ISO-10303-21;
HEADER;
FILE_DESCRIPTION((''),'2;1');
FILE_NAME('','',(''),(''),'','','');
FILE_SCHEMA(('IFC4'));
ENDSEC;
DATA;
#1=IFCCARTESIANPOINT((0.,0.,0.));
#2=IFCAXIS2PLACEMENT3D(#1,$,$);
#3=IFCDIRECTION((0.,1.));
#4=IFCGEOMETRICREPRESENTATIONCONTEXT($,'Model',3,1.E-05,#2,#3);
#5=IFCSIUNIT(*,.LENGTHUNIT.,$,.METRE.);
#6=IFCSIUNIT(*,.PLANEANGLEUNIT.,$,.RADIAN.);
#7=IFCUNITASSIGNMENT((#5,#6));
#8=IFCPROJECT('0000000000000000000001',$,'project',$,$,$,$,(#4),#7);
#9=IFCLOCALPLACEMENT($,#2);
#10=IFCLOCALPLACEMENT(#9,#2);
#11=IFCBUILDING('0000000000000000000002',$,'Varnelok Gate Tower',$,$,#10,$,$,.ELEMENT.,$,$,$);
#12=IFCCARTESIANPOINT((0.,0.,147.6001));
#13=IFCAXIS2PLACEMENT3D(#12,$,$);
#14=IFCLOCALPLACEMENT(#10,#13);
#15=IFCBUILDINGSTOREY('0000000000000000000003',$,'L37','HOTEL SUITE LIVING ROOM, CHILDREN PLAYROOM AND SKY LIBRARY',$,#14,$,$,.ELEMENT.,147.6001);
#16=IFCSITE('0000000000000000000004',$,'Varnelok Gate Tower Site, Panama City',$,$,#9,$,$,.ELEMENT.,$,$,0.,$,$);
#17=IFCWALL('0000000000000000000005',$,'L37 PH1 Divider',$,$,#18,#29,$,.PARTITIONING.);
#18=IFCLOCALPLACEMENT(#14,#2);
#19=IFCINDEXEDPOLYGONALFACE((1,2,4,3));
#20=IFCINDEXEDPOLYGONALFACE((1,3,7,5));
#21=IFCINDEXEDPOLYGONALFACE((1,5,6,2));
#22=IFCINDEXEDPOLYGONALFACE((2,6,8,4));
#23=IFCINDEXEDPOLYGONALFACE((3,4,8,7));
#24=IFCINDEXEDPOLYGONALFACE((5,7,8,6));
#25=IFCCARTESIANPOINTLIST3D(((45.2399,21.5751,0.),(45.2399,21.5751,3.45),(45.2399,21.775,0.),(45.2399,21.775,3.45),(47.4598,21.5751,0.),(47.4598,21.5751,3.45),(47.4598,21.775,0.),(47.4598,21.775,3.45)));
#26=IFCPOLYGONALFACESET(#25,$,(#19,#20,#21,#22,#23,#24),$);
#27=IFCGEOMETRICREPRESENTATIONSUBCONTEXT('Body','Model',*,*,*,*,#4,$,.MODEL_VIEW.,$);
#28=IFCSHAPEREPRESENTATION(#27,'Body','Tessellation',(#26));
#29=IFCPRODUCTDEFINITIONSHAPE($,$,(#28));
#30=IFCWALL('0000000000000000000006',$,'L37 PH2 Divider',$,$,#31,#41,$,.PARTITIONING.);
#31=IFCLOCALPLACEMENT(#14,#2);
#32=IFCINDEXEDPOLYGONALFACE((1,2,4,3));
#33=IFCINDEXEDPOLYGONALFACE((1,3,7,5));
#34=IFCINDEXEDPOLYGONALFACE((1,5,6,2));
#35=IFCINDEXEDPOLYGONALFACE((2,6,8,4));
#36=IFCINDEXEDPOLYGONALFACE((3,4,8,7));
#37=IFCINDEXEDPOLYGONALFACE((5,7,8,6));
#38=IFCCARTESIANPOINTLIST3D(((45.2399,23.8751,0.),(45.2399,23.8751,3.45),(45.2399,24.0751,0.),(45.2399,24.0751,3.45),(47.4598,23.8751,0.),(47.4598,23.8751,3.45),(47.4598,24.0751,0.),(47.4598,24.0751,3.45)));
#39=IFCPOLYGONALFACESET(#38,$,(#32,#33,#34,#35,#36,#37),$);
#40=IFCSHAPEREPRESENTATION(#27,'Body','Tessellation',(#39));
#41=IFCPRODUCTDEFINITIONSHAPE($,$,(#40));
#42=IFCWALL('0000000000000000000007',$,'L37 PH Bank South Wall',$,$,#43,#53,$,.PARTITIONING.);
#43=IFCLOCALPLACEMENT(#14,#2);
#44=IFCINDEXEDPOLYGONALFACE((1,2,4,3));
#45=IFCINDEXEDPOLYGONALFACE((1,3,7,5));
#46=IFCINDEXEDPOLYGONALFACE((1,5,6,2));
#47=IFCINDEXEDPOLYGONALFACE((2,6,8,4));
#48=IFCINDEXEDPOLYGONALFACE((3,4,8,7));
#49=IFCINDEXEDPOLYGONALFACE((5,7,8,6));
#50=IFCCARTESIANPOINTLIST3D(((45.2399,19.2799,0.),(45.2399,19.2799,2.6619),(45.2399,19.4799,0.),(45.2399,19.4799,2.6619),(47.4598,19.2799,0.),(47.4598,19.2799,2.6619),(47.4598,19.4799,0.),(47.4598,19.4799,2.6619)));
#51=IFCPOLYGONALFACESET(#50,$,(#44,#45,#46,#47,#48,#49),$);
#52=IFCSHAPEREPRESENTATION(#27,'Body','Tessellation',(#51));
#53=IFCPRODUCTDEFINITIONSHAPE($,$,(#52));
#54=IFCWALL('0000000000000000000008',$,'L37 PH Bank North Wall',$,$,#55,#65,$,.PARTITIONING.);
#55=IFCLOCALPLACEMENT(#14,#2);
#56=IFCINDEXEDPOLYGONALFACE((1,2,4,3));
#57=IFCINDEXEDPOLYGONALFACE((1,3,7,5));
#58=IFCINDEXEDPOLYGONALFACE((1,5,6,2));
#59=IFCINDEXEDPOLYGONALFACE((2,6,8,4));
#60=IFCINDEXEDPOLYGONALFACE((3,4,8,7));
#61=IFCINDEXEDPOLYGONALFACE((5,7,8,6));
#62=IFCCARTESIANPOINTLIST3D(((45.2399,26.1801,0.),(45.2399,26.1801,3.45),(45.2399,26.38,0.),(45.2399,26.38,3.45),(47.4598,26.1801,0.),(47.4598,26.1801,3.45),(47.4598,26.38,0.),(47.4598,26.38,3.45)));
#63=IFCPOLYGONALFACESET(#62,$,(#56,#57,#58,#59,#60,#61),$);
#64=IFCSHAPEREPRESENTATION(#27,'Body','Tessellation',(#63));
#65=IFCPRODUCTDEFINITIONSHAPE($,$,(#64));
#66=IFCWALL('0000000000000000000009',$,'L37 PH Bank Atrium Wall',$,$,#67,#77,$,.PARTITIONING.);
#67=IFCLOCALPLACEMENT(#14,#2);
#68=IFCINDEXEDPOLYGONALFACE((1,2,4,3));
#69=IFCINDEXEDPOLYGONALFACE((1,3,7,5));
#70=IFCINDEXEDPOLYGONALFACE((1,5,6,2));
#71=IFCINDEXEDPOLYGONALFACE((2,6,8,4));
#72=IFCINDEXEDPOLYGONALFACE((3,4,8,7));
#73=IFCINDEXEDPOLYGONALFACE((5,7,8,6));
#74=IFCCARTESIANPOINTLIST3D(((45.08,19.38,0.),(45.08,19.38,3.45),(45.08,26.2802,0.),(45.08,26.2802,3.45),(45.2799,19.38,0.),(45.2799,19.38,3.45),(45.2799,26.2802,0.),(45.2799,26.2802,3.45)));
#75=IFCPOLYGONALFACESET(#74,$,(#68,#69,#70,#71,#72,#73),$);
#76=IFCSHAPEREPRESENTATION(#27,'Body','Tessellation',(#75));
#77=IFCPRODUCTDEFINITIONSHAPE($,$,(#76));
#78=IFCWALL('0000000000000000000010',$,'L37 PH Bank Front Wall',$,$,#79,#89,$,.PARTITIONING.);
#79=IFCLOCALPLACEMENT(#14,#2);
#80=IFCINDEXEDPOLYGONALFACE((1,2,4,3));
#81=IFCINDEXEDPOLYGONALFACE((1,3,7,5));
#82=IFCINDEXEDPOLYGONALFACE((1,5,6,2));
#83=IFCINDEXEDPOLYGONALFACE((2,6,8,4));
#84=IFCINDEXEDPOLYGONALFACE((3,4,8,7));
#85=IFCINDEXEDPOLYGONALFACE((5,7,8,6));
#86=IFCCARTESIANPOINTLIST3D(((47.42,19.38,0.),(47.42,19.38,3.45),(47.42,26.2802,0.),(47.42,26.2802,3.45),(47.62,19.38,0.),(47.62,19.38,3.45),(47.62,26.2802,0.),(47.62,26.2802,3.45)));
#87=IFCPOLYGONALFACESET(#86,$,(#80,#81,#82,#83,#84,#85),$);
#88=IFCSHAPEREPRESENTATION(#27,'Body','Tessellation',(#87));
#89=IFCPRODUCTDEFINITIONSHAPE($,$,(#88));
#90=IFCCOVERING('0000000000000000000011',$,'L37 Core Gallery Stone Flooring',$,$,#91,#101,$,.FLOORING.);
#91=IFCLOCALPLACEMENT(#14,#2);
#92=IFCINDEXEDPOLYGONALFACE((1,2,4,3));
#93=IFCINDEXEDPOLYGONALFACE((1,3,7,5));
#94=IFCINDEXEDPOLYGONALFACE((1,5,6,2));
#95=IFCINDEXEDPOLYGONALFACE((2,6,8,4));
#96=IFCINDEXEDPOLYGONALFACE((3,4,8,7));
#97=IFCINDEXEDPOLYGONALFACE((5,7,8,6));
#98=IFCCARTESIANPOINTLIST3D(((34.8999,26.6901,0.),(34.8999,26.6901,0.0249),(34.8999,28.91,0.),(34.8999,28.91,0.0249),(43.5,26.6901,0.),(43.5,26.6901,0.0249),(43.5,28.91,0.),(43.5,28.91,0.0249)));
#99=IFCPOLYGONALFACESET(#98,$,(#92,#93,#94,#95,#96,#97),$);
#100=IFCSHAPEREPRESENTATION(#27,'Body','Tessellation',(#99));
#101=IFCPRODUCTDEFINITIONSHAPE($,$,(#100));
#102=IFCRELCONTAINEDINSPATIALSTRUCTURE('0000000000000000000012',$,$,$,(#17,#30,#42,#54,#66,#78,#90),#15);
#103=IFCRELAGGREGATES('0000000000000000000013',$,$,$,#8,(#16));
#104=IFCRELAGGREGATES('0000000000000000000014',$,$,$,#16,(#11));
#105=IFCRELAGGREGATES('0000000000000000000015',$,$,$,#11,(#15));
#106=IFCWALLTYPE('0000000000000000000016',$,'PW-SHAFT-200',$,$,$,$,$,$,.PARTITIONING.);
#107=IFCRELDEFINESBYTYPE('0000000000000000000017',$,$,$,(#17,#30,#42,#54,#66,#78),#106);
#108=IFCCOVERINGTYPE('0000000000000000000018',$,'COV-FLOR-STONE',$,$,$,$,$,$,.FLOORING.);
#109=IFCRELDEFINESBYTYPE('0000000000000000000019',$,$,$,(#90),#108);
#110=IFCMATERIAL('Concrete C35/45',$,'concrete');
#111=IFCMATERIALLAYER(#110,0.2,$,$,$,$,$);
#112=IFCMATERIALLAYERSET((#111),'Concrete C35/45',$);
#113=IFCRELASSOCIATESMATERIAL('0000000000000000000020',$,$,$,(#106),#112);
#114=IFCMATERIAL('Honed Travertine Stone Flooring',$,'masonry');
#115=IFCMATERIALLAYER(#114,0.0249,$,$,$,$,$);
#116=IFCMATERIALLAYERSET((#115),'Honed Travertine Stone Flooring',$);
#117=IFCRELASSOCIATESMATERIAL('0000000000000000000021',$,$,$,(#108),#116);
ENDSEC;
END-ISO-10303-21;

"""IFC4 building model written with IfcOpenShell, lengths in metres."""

from ifc_helpers import new_model, si_unit, direction, frame, frame_2d, origin, origin_2d, place, context, subcontext, project, spatial, rectangle, extrude, source, transform, mapped, material, layer, layer_set, type_object, element, save


model = new_model("IFC4")

# Units and contexts
model_context = context("Model", 3, precision=1e-05, world=origin(), true_north=direction((0.0, 1.0)))
body_context = subcontext(model_context, "Body", "Model", "MODEL_VIEW")
ifc_project = project(units=[si_unit("LENGTHUNIT", "METRE"), si_unit("PLANEANGLEUNIT", "RADIAN")], contexts=[model_context])

# Site, building, storey
site_placement = place(None, origin())
site = spatial("IfcSite", under=ifc_project, at=site_placement, Name="Varnelok Gate Tower Site, Panama City", CompositionType="ELEMENT", RefElevation=0.0)
building_placement = place(site_placement, origin())
building = spatial("IfcBuilding", under=site, at=building_placement, Name="Varnelok Gate Tower", CompositionType="ELEMENT")
storey_placement = place(building_placement, frame((0.0, 0.0, 147.6001)))
storey = spatial("IfcBuildingStorey", under=building, at=storey_placement, Name="L37", Description="HOTEL SUITE LIVING ROOM, CHILDREN PLAYROOM AND SKY LIBRARY", CompositionType="ELEMENT", Elevation=147.6001)

# Walls
ifc_material_1 = material(Name="Concrete C35/45", Category="concrete")
ifc_layer_1 = layer(ifc_material_1, 0.2)
ifc_layer_set_1 = layer_set([ifc_layer_1], Name="Concrete C35/45")
wall_type_1 = type_object("IfcWallType", Name="PW-SHAFT-200", PredefinedType="PARTITIONING", material=ifc_layer_set_1)
for number, where, z_axis, x_axis, name in (
    (1, (45.24, 21.675, 0.0), (0.0, 0.0, 1.0), (1.0, 0.0, 0.0), "L37 PH1 Divider"),
    (2, (45.24, 23.9751, 0.0), (0.0, 0.0, 1.0), (1.0, 0.0, 0.0), "L37 PH2 Divider"),
):
    element("IfcWall", number, at=place(storey_placement, frame(where, z_axis=z_axis, x_axis=x_axis)), inside=storey, type_object=wall_type_1, Name=name, PredefinedType="PARTITIONING", context=body_context, shape_type="SweptSolid", body=[
        extrude(rectangle(XDim=2.22, YDim=0.2, at=frame_2d((1.1099, 0.0))), origin(), (0.0, 0.0, 1.0), 3.45),
    ])
wall_1_placement = place(storey_placement, frame((45.24, 19.3799, 0.0), z_axis=(0.0, 0.0, 1.0), x_axis=(1.0, 0.0, 0.0)))
element("IfcWall", 3, at=wall_1_placement, inside=storey, type_object=wall_type_1, Name="L37 PH Bank South Wall", PredefinedType="PARTITIONING", context=body_context, shape_type="SweptSolid", body=[
    extrude(rectangle(XDim=2.22, YDim=0.2, at=frame_2d((1.1099, 0.0))), origin(), (0.0, 0.0, 1.0), 2.6619),
])
wall_2_placement = place(storey_placement, frame((45.24, 26.28, 0.0), z_axis=(0.0, 0.0, 1.0), x_axis=(1.0, 0.0, 0.0)))
element("IfcWall", 4, at=wall_2_placement, inside=storey, type_object=wall_type_1, Name="L37 PH Bank North Wall", PredefinedType="PARTITIONING", context=body_context, shape_type="SweptSolid", body=[
    extrude(rectangle(XDim=2.22, YDim=0.2, at=frame_2d((1.1099, 0.0))), origin(), (0.0, 0.0, 1.0), 3.45),
])
for number, where, z_axis, x_axis, name in (
    (5, (45.1799, 19.3799, 0.0), (0.0, 0.0, 1.0), (0.0, 1.0, 0.0), "L37 PH Bank Atrium Wall"),
    (6, (47.52, 19.3799, 0.0), (0.0, 0.0, 1.0), (0.0, 1.0, 0.0), "L37 PH Bank Front Wall"),
):
    element("IfcWall", number, at=place(storey_placement, frame(where, z_axis=z_axis, x_axis=x_axis)), inside=storey, type_object=wall_type_1, Name=name, PredefinedType="PARTITIONING", context=body_context, shape_type="SweptSolid", body=[
        extrude(rectangle(XDim=6.9001, YDim=0.2, at=frame_2d((3.4502, 0.0))), origin(), (0.0, 0.0, 1.0), 3.45),
    ])

# Covering
ifc_material_2 = material(Name="Honed Travertine Stone Flooring", Category="masonry")
ifc_layer_2 = layer(ifc_material_2, 0.0249)
ifc_layer_set_2 = layer_set([ifc_layer_2], Name="Honed Travertine Stone Flooring")
covering_type = type_object("IfcCoveringType", Name="COV-FLOR-STONE", PredefinedType="FLOORING", material=ifc_layer_set_2)
shared_shape = source(origin(), body_context, "Body", "SweptSolid", [
    extrude(rectangle(XDim=8.6001, YDim=2.22, at=origin_2d()), origin(), (0.0, 0.0, 1.0), 0.0249),
])
covering_placement = place(storey_placement, frame((39.2, 27.8, 0.0), z_axis=(0.0, 0.0, 1.0), x_axis=(1.0, 0.0, 0.0)))
element("IfcCovering", 7, at=covering_placement, inside=storey, type_object=covering_type, Name="L37 Core Gallery Stone Flooring", PredefinedType="FLOORING", context=body_context, shape_type="MappedRepresentation", body=[
    mapped(shared_shape, transform((0.0, 0.0, 0.0), scale=1.0)),
])

save(model, "model.ifc")
